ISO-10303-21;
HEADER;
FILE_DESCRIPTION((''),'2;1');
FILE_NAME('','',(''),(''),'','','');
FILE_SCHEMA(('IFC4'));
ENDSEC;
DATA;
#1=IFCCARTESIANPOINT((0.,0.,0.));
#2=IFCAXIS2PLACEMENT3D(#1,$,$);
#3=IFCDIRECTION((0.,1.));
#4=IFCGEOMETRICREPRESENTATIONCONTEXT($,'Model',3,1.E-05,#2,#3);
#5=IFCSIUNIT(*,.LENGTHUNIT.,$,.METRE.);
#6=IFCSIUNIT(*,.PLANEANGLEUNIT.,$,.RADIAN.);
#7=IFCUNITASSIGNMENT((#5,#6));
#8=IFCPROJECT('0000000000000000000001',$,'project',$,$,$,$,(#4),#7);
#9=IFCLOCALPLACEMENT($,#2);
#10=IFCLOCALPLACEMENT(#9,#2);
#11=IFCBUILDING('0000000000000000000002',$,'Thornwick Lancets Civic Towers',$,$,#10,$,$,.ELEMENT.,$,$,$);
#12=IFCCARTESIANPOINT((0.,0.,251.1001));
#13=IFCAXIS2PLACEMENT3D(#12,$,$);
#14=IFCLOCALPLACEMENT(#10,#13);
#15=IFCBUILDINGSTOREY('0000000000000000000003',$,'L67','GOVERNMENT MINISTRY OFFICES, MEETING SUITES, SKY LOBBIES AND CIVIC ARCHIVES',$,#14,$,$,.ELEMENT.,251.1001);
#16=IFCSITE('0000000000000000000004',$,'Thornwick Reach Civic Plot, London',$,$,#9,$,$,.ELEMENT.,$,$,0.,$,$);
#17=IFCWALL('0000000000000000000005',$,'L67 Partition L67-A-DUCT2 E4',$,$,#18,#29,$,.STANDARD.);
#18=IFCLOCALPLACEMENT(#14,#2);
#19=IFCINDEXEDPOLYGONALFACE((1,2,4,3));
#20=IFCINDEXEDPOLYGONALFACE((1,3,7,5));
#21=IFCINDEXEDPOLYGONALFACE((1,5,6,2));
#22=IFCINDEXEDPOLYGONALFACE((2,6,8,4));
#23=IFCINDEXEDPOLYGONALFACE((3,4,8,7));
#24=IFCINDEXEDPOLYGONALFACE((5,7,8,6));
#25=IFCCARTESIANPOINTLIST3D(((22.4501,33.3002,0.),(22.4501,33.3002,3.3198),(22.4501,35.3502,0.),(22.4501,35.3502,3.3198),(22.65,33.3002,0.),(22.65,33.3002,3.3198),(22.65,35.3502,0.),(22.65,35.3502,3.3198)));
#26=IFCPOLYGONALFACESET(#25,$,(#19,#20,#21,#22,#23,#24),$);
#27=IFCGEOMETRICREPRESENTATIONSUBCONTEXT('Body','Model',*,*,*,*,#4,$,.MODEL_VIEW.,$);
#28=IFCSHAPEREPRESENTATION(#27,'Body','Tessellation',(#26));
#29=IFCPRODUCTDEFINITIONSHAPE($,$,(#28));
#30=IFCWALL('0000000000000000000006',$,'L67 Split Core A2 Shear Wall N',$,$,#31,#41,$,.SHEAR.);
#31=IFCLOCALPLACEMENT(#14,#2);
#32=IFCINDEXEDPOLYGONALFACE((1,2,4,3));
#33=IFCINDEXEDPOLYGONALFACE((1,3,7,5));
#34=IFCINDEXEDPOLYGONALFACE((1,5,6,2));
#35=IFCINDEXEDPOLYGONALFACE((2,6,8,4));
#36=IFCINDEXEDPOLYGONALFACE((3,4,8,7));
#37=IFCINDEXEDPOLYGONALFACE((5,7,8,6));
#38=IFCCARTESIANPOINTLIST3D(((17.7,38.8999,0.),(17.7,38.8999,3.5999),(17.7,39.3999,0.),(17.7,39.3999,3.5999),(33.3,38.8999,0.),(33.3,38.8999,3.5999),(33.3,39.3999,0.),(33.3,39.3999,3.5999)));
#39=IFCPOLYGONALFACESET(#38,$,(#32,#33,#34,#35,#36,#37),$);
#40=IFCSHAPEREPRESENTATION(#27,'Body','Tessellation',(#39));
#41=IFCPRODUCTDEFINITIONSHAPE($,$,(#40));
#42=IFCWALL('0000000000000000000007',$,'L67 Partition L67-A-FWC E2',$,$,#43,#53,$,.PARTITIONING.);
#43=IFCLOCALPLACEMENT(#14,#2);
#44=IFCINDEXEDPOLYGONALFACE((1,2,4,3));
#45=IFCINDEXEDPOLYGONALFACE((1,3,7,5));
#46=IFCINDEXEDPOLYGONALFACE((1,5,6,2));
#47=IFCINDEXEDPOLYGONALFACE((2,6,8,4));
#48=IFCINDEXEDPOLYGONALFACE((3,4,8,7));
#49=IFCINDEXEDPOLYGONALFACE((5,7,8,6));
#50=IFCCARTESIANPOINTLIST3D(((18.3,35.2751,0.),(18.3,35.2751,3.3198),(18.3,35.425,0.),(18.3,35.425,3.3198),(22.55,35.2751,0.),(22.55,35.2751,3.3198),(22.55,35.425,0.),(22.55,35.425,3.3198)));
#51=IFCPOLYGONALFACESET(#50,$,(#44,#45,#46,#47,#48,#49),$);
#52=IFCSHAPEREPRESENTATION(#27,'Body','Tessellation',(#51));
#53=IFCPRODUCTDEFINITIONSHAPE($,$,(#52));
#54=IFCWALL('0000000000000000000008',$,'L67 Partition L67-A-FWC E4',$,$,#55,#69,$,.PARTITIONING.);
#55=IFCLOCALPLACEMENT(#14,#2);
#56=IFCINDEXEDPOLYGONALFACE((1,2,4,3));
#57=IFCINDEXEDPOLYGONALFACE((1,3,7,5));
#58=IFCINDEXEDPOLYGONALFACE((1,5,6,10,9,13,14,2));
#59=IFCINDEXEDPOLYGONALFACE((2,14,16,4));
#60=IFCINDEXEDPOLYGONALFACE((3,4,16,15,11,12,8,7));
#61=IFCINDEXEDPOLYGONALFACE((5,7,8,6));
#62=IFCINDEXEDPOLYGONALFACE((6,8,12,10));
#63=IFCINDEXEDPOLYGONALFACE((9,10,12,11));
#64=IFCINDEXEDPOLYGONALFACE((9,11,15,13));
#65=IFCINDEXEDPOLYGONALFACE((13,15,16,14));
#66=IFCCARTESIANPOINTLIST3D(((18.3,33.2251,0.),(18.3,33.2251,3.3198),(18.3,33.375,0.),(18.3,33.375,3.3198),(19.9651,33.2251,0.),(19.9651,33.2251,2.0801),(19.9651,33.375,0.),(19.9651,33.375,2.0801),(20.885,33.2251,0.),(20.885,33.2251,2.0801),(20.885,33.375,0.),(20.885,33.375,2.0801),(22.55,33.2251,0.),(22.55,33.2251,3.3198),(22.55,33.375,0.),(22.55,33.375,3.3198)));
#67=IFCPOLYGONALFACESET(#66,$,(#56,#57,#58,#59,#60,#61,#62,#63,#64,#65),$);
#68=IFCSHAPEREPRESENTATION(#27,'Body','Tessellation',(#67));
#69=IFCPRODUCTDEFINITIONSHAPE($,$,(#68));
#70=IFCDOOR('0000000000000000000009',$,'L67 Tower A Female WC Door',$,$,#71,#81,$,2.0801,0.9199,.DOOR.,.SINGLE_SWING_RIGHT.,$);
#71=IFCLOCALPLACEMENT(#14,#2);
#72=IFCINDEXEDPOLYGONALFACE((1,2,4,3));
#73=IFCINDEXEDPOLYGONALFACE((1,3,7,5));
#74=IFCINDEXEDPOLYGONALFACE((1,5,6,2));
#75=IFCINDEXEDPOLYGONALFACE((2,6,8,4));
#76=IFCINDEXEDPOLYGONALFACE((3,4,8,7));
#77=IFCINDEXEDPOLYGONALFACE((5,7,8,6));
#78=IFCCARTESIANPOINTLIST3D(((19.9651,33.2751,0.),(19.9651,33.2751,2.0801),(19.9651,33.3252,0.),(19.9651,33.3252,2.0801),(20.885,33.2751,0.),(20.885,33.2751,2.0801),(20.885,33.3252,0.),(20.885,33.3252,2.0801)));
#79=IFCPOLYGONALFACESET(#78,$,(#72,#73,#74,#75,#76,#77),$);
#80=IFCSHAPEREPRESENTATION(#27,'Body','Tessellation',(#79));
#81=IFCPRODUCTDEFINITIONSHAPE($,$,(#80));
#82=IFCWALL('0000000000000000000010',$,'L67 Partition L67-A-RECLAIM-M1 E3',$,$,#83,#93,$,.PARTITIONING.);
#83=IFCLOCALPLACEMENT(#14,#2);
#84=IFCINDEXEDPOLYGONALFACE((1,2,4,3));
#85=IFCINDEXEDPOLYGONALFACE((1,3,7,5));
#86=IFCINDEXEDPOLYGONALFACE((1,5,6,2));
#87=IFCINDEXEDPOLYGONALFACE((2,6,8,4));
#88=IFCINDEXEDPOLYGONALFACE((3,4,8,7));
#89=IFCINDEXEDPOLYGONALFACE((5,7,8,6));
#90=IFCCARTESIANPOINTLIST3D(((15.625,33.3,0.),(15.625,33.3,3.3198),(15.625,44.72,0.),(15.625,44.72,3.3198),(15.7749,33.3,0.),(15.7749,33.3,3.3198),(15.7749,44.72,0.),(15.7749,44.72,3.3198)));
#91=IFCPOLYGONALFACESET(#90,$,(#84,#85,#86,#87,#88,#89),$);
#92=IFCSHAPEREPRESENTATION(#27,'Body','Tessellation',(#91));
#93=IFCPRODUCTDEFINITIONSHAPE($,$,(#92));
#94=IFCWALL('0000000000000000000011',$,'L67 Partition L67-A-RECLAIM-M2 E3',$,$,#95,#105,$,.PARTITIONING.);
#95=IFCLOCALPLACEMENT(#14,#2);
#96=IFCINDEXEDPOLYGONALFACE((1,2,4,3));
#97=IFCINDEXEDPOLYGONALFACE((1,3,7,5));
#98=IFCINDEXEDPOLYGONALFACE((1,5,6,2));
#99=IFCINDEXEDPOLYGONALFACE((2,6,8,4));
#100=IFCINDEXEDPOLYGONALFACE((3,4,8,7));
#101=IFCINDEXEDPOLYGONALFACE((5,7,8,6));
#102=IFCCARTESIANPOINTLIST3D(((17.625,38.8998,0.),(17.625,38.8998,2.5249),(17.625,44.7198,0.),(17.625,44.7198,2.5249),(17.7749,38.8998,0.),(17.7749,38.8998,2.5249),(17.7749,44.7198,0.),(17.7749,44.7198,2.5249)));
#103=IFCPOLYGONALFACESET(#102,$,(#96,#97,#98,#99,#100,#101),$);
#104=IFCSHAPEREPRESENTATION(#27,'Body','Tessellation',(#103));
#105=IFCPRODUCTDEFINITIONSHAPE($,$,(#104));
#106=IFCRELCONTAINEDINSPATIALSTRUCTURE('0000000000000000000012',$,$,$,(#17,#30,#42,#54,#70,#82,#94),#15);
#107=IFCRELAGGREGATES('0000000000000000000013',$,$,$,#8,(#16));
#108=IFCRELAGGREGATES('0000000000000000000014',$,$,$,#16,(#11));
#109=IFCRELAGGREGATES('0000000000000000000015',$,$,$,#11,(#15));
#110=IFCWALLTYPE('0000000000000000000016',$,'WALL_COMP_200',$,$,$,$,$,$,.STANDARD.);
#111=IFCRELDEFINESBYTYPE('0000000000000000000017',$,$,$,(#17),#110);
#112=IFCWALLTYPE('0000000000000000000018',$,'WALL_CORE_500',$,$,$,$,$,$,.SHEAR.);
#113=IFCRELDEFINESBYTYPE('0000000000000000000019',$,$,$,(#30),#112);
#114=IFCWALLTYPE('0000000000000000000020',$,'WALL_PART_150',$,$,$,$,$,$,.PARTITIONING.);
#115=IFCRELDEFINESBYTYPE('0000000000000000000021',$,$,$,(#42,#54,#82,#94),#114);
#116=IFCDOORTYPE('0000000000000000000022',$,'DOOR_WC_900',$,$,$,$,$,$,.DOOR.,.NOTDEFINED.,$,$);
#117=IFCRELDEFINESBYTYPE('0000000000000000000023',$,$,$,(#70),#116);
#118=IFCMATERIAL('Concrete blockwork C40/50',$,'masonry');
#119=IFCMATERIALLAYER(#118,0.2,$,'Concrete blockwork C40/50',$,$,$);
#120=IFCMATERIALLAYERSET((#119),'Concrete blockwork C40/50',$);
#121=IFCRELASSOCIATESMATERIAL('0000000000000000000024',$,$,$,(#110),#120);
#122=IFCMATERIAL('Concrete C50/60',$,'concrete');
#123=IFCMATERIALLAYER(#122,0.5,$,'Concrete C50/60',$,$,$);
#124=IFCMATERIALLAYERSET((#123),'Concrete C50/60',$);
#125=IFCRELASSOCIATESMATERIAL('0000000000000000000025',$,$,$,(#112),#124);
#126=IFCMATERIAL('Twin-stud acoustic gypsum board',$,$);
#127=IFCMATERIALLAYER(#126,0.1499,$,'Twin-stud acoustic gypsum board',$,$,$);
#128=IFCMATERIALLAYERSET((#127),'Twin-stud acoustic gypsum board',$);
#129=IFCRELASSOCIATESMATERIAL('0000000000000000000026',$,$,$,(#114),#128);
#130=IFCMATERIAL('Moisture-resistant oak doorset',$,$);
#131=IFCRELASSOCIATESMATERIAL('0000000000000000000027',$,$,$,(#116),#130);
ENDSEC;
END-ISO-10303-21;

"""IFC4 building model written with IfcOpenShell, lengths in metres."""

from ifc_helpers import new_model, si_unit, direction, frame, frame_2d, origin, place, context, subcontext, project, spatial, rectangle, extrude, material, layer, layer_set, type_object, element, fill, save


model = new_model("IFC4")

# Units and contexts
model_context = context("Model", 3, precision=1e-05, world=origin(), true_north=direction((0.0, 1.0)))
body_context = subcontext(model_context, "Body", "Model", "MODEL_VIEW")
ifc_project = project(units=[si_unit("LENGTHUNIT", "METRE"), si_unit("PLANEANGLEUNIT", "RADIAN")], contexts=[model_context])

# Site, building, storey
site_placement = place(None, origin())
site = spatial("IfcSite", under=ifc_project, at=site_placement, Name="Thornwick Reach Civic Plot, London", CompositionType="ELEMENT", RefElevation=0.0)
building_placement = place(site_placement, origin())
building = spatial("IfcBuilding", under=site, at=building_placement, Name="Thornwick Lancets Civic Towers", CompositionType="ELEMENT")
storey_placement = place(building_placement, frame((0.0, 0.0, 251.1001)))
storey = spatial("IfcBuildingStorey", under=building, at=storey_placement, Name="L67", Description="GOVERNMENT MINISTRY OFFICES, MEETING SUITES, SKY LOBBIES AND CIVIC ARCHIVES", CompositionType="ELEMENT", Elevation=251.1001)

# Shared definitions
ifc_material_1 = material(Name="Concrete C50/60", Category="concrete")

# Shared definitions
ifc_material_2 = material(Name="Concrete blockwork C40/50", Category="masonry")
ifc_layer_1 = layer(ifc_material_2, 0.2, Name="Concrete blockwork C40/50")
ifc_layer_set_1 = layer_set([ifc_layer_1], Name="Concrete blockwork C40/50")
wall_type_1 = type_object("IfcWallType", Name="WALL_COMP_200", PredefinedType="STANDARD", material=ifc_layer_set_1)

# Walls
wall_1_placement = place(storey_placement, frame((22.55, 35.3501, 0.0), z_axis=(0.0, 0.0, 1.0), x_axis=(0.0, -1.0, 0.0)))
element("IfcWall", 1, at=wall_1_placement, inside=storey, type_object=wall_type_1, Name="L67 Partition L67-A-DUCT2 E4", PredefinedType="STANDARD", context=body_context, shape_type="SweptSolid", body=[
    extrude(rectangle(XDim=2.05, YDim=0.2, at=frame_2d((1.0249, 0.0))), origin(), (0.0, 0.0, 1.0), 3.3198),
])
ifc_layer_2 = layer(ifc_material_1, 0.5, Name="Concrete C50/60")
ifc_layer_set_2 = layer_set([ifc_layer_2], Name="Concrete C50/60")
wall_type_2 = type_object("IfcWallType", Name="WALL_CORE_500", PredefinedType="SHEAR", material=ifc_layer_set_2)
wall_2_placement = place(storey_placement, frame((17.7, 39.1499, 0.0), z_axis=(0.0, 0.0, 1.0), x_axis=(1.0, 0.0, 0.0)))
element("IfcWall", 2, at=wall_2_placement, inside=storey, type_object=wall_type_2, Name="L67 Split Core A2 Shear Wall N", PredefinedType="SHEAR", context=body_context, shape_type="SweptSolid", body=[
    extrude(rectangle(XDim=15.6001, YDim=0.5, at=frame_2d((7.8, 0.0))), origin(), (0.0, 0.0, 1.0), 3.5999),
])
ifc_material_3 = material(Name="Twin-stud acoustic gypsum board")
ifc_layer_3 = layer(ifc_material_3, 0.1499, Name="Twin-stud acoustic gypsum board")
ifc_layer_set_3 = layer_set([ifc_layer_3], Name="Twin-stud acoustic gypsum board")
wall_type_3 = type_object("IfcWallType", Name="WALL_PART_150", PredefinedType="PARTITIONING", material=ifc_layer_set_3)
wall_3_placement = place(storey_placement, frame((18.3, 35.3501, 0.0), z_axis=(0.0, 0.0, 1.0), x_axis=(1.0, 0.0, 0.0)))
element("IfcWall", 3, at=wall_3_placement, inside=storey, type_object=wall_type_3, Name="L67 Partition L67-A-FWC E2", PredefinedType="PARTITIONING", context=body_context, shape_type="SweptSolid", body=[
    extrude(rectangle(XDim=4.25, YDim=0.1499, at=frame_2d((2.125, 0.0))), origin(), (0.0, 0.0, 1.0), 3.3198),
])

# Wall, opening, door
wall_4_placement = place(storey_placement, frame((22.55, 33.3, 0.0), z_axis=(0.0, 0.0, 1.0), x_axis=(-1.0, 0.0, 0.0)))
wall_4 = element("IfcWall", 4, at=wall_4_placement, inside=storey, type_object=wall_type_3, Name="L67 Partition L67-A-FWC E4", PredefinedType="PARTITIONING", context=body_context, shape_type="SweptSolid", body=[
    extrude(rectangle(XDim=4.25, YDim=0.1499, at=frame_2d((2.125, 0.0))), origin(), (0.0, 0.0, 1.0), 3.3198),
])
opening_1_placement = place(wall_4_placement, frame((1.665, 0.0, 0.0)))
opening_1 = element("IfcOpeningElement", 5, at=opening_1_placement, cuts=wall_4, PredefinedType="OPENING", context=body_context, shape_type="SweptSolid", body=[
    extrude(rectangle(XDim=0.9199, YDim=2.0801, at=frame_2d((0.46, 1.04))), frame((0.0, 0.085, 0.0), z_axis=(0.0, -1.0, 0.0), x_axis=(1.0, 0.0, 0.0)), (0.0, 0.0, 1.0), 0.1699),
])
ifc_material_4 = material(Name="Moisture-resistant oak doorset")
door_type_1 = type_object("IfcDoorType", Name="DOOR_WC_900", OperationType="NOTDEFINED", PredefinedType="DOOR", material=ifc_material_4)
door_1_placement = place(opening_1_placement, origin())
door_1 = element("IfcDoor", 6, at=door_1_placement, inside=storey, type_object=door_type_1, Name="L67 Tower A Female WC Door", OperationType="SINGLE_SWING_RIGHT", OverallHeight=2.0801, OverallWidth=0.9199, PredefinedType="DOOR", context=body_context, shape_type="SweptSolid", body=[
    extrude(rectangle(XDim=0.9199, YDim=2.0801, at=frame_2d((0.46, 1.04))), frame((0.0, 0.0249, 0.0), z_axis=(0.0, -1.0, 0.0), x_axis=(1.0, 0.0, 0.0)), (0.0, 0.0, 1.0), 0.05),
])
fill(opening_1, door_1)

# Walls
wall_5_placement = place(storey_placement, frame((15.7, 44.72, 0.0), z_axis=(0.0, 0.0, 1.0), x_axis=(0.0, -1.0, 0.0)))
element("IfcWall", 7, at=wall_5_placement, inside=storey, type_object=wall_type_3, Name="L67 Partition L67-A-RECLAIM-M1 E3", PredefinedType="PARTITIONING", context=body_context, shape_type="SweptSolid", body=[
    extrude(rectangle(XDim=11.4199, YDim=0.1499, at=frame_2d((5.71, 0.0))), origin(), (0.0, 0.0, 1.0), 3.3198),
])
wall_6_placement = place(storey_placement, frame((17.7, 44.72, 0.0), z_axis=(0.0, 0.0, 1.0), x_axis=(0.0, -1.0, 0.0)))
element("IfcWall", 8, at=wall_6_placement, inside=storey, type_object=wall_type_3, Name="L67 Partition L67-A-RECLAIM-M2 E3", PredefinedType="PARTITIONING", context=body_context, shape_type="SweptSolid", body=[
    extrude(rectangle(XDim=5.8201, YDim=0.1499, at=frame_2d((2.9102, 0.0))), origin(), (0.0, 0.0, 1.0), 2.5249),
])

save(model, "model.ifc")
